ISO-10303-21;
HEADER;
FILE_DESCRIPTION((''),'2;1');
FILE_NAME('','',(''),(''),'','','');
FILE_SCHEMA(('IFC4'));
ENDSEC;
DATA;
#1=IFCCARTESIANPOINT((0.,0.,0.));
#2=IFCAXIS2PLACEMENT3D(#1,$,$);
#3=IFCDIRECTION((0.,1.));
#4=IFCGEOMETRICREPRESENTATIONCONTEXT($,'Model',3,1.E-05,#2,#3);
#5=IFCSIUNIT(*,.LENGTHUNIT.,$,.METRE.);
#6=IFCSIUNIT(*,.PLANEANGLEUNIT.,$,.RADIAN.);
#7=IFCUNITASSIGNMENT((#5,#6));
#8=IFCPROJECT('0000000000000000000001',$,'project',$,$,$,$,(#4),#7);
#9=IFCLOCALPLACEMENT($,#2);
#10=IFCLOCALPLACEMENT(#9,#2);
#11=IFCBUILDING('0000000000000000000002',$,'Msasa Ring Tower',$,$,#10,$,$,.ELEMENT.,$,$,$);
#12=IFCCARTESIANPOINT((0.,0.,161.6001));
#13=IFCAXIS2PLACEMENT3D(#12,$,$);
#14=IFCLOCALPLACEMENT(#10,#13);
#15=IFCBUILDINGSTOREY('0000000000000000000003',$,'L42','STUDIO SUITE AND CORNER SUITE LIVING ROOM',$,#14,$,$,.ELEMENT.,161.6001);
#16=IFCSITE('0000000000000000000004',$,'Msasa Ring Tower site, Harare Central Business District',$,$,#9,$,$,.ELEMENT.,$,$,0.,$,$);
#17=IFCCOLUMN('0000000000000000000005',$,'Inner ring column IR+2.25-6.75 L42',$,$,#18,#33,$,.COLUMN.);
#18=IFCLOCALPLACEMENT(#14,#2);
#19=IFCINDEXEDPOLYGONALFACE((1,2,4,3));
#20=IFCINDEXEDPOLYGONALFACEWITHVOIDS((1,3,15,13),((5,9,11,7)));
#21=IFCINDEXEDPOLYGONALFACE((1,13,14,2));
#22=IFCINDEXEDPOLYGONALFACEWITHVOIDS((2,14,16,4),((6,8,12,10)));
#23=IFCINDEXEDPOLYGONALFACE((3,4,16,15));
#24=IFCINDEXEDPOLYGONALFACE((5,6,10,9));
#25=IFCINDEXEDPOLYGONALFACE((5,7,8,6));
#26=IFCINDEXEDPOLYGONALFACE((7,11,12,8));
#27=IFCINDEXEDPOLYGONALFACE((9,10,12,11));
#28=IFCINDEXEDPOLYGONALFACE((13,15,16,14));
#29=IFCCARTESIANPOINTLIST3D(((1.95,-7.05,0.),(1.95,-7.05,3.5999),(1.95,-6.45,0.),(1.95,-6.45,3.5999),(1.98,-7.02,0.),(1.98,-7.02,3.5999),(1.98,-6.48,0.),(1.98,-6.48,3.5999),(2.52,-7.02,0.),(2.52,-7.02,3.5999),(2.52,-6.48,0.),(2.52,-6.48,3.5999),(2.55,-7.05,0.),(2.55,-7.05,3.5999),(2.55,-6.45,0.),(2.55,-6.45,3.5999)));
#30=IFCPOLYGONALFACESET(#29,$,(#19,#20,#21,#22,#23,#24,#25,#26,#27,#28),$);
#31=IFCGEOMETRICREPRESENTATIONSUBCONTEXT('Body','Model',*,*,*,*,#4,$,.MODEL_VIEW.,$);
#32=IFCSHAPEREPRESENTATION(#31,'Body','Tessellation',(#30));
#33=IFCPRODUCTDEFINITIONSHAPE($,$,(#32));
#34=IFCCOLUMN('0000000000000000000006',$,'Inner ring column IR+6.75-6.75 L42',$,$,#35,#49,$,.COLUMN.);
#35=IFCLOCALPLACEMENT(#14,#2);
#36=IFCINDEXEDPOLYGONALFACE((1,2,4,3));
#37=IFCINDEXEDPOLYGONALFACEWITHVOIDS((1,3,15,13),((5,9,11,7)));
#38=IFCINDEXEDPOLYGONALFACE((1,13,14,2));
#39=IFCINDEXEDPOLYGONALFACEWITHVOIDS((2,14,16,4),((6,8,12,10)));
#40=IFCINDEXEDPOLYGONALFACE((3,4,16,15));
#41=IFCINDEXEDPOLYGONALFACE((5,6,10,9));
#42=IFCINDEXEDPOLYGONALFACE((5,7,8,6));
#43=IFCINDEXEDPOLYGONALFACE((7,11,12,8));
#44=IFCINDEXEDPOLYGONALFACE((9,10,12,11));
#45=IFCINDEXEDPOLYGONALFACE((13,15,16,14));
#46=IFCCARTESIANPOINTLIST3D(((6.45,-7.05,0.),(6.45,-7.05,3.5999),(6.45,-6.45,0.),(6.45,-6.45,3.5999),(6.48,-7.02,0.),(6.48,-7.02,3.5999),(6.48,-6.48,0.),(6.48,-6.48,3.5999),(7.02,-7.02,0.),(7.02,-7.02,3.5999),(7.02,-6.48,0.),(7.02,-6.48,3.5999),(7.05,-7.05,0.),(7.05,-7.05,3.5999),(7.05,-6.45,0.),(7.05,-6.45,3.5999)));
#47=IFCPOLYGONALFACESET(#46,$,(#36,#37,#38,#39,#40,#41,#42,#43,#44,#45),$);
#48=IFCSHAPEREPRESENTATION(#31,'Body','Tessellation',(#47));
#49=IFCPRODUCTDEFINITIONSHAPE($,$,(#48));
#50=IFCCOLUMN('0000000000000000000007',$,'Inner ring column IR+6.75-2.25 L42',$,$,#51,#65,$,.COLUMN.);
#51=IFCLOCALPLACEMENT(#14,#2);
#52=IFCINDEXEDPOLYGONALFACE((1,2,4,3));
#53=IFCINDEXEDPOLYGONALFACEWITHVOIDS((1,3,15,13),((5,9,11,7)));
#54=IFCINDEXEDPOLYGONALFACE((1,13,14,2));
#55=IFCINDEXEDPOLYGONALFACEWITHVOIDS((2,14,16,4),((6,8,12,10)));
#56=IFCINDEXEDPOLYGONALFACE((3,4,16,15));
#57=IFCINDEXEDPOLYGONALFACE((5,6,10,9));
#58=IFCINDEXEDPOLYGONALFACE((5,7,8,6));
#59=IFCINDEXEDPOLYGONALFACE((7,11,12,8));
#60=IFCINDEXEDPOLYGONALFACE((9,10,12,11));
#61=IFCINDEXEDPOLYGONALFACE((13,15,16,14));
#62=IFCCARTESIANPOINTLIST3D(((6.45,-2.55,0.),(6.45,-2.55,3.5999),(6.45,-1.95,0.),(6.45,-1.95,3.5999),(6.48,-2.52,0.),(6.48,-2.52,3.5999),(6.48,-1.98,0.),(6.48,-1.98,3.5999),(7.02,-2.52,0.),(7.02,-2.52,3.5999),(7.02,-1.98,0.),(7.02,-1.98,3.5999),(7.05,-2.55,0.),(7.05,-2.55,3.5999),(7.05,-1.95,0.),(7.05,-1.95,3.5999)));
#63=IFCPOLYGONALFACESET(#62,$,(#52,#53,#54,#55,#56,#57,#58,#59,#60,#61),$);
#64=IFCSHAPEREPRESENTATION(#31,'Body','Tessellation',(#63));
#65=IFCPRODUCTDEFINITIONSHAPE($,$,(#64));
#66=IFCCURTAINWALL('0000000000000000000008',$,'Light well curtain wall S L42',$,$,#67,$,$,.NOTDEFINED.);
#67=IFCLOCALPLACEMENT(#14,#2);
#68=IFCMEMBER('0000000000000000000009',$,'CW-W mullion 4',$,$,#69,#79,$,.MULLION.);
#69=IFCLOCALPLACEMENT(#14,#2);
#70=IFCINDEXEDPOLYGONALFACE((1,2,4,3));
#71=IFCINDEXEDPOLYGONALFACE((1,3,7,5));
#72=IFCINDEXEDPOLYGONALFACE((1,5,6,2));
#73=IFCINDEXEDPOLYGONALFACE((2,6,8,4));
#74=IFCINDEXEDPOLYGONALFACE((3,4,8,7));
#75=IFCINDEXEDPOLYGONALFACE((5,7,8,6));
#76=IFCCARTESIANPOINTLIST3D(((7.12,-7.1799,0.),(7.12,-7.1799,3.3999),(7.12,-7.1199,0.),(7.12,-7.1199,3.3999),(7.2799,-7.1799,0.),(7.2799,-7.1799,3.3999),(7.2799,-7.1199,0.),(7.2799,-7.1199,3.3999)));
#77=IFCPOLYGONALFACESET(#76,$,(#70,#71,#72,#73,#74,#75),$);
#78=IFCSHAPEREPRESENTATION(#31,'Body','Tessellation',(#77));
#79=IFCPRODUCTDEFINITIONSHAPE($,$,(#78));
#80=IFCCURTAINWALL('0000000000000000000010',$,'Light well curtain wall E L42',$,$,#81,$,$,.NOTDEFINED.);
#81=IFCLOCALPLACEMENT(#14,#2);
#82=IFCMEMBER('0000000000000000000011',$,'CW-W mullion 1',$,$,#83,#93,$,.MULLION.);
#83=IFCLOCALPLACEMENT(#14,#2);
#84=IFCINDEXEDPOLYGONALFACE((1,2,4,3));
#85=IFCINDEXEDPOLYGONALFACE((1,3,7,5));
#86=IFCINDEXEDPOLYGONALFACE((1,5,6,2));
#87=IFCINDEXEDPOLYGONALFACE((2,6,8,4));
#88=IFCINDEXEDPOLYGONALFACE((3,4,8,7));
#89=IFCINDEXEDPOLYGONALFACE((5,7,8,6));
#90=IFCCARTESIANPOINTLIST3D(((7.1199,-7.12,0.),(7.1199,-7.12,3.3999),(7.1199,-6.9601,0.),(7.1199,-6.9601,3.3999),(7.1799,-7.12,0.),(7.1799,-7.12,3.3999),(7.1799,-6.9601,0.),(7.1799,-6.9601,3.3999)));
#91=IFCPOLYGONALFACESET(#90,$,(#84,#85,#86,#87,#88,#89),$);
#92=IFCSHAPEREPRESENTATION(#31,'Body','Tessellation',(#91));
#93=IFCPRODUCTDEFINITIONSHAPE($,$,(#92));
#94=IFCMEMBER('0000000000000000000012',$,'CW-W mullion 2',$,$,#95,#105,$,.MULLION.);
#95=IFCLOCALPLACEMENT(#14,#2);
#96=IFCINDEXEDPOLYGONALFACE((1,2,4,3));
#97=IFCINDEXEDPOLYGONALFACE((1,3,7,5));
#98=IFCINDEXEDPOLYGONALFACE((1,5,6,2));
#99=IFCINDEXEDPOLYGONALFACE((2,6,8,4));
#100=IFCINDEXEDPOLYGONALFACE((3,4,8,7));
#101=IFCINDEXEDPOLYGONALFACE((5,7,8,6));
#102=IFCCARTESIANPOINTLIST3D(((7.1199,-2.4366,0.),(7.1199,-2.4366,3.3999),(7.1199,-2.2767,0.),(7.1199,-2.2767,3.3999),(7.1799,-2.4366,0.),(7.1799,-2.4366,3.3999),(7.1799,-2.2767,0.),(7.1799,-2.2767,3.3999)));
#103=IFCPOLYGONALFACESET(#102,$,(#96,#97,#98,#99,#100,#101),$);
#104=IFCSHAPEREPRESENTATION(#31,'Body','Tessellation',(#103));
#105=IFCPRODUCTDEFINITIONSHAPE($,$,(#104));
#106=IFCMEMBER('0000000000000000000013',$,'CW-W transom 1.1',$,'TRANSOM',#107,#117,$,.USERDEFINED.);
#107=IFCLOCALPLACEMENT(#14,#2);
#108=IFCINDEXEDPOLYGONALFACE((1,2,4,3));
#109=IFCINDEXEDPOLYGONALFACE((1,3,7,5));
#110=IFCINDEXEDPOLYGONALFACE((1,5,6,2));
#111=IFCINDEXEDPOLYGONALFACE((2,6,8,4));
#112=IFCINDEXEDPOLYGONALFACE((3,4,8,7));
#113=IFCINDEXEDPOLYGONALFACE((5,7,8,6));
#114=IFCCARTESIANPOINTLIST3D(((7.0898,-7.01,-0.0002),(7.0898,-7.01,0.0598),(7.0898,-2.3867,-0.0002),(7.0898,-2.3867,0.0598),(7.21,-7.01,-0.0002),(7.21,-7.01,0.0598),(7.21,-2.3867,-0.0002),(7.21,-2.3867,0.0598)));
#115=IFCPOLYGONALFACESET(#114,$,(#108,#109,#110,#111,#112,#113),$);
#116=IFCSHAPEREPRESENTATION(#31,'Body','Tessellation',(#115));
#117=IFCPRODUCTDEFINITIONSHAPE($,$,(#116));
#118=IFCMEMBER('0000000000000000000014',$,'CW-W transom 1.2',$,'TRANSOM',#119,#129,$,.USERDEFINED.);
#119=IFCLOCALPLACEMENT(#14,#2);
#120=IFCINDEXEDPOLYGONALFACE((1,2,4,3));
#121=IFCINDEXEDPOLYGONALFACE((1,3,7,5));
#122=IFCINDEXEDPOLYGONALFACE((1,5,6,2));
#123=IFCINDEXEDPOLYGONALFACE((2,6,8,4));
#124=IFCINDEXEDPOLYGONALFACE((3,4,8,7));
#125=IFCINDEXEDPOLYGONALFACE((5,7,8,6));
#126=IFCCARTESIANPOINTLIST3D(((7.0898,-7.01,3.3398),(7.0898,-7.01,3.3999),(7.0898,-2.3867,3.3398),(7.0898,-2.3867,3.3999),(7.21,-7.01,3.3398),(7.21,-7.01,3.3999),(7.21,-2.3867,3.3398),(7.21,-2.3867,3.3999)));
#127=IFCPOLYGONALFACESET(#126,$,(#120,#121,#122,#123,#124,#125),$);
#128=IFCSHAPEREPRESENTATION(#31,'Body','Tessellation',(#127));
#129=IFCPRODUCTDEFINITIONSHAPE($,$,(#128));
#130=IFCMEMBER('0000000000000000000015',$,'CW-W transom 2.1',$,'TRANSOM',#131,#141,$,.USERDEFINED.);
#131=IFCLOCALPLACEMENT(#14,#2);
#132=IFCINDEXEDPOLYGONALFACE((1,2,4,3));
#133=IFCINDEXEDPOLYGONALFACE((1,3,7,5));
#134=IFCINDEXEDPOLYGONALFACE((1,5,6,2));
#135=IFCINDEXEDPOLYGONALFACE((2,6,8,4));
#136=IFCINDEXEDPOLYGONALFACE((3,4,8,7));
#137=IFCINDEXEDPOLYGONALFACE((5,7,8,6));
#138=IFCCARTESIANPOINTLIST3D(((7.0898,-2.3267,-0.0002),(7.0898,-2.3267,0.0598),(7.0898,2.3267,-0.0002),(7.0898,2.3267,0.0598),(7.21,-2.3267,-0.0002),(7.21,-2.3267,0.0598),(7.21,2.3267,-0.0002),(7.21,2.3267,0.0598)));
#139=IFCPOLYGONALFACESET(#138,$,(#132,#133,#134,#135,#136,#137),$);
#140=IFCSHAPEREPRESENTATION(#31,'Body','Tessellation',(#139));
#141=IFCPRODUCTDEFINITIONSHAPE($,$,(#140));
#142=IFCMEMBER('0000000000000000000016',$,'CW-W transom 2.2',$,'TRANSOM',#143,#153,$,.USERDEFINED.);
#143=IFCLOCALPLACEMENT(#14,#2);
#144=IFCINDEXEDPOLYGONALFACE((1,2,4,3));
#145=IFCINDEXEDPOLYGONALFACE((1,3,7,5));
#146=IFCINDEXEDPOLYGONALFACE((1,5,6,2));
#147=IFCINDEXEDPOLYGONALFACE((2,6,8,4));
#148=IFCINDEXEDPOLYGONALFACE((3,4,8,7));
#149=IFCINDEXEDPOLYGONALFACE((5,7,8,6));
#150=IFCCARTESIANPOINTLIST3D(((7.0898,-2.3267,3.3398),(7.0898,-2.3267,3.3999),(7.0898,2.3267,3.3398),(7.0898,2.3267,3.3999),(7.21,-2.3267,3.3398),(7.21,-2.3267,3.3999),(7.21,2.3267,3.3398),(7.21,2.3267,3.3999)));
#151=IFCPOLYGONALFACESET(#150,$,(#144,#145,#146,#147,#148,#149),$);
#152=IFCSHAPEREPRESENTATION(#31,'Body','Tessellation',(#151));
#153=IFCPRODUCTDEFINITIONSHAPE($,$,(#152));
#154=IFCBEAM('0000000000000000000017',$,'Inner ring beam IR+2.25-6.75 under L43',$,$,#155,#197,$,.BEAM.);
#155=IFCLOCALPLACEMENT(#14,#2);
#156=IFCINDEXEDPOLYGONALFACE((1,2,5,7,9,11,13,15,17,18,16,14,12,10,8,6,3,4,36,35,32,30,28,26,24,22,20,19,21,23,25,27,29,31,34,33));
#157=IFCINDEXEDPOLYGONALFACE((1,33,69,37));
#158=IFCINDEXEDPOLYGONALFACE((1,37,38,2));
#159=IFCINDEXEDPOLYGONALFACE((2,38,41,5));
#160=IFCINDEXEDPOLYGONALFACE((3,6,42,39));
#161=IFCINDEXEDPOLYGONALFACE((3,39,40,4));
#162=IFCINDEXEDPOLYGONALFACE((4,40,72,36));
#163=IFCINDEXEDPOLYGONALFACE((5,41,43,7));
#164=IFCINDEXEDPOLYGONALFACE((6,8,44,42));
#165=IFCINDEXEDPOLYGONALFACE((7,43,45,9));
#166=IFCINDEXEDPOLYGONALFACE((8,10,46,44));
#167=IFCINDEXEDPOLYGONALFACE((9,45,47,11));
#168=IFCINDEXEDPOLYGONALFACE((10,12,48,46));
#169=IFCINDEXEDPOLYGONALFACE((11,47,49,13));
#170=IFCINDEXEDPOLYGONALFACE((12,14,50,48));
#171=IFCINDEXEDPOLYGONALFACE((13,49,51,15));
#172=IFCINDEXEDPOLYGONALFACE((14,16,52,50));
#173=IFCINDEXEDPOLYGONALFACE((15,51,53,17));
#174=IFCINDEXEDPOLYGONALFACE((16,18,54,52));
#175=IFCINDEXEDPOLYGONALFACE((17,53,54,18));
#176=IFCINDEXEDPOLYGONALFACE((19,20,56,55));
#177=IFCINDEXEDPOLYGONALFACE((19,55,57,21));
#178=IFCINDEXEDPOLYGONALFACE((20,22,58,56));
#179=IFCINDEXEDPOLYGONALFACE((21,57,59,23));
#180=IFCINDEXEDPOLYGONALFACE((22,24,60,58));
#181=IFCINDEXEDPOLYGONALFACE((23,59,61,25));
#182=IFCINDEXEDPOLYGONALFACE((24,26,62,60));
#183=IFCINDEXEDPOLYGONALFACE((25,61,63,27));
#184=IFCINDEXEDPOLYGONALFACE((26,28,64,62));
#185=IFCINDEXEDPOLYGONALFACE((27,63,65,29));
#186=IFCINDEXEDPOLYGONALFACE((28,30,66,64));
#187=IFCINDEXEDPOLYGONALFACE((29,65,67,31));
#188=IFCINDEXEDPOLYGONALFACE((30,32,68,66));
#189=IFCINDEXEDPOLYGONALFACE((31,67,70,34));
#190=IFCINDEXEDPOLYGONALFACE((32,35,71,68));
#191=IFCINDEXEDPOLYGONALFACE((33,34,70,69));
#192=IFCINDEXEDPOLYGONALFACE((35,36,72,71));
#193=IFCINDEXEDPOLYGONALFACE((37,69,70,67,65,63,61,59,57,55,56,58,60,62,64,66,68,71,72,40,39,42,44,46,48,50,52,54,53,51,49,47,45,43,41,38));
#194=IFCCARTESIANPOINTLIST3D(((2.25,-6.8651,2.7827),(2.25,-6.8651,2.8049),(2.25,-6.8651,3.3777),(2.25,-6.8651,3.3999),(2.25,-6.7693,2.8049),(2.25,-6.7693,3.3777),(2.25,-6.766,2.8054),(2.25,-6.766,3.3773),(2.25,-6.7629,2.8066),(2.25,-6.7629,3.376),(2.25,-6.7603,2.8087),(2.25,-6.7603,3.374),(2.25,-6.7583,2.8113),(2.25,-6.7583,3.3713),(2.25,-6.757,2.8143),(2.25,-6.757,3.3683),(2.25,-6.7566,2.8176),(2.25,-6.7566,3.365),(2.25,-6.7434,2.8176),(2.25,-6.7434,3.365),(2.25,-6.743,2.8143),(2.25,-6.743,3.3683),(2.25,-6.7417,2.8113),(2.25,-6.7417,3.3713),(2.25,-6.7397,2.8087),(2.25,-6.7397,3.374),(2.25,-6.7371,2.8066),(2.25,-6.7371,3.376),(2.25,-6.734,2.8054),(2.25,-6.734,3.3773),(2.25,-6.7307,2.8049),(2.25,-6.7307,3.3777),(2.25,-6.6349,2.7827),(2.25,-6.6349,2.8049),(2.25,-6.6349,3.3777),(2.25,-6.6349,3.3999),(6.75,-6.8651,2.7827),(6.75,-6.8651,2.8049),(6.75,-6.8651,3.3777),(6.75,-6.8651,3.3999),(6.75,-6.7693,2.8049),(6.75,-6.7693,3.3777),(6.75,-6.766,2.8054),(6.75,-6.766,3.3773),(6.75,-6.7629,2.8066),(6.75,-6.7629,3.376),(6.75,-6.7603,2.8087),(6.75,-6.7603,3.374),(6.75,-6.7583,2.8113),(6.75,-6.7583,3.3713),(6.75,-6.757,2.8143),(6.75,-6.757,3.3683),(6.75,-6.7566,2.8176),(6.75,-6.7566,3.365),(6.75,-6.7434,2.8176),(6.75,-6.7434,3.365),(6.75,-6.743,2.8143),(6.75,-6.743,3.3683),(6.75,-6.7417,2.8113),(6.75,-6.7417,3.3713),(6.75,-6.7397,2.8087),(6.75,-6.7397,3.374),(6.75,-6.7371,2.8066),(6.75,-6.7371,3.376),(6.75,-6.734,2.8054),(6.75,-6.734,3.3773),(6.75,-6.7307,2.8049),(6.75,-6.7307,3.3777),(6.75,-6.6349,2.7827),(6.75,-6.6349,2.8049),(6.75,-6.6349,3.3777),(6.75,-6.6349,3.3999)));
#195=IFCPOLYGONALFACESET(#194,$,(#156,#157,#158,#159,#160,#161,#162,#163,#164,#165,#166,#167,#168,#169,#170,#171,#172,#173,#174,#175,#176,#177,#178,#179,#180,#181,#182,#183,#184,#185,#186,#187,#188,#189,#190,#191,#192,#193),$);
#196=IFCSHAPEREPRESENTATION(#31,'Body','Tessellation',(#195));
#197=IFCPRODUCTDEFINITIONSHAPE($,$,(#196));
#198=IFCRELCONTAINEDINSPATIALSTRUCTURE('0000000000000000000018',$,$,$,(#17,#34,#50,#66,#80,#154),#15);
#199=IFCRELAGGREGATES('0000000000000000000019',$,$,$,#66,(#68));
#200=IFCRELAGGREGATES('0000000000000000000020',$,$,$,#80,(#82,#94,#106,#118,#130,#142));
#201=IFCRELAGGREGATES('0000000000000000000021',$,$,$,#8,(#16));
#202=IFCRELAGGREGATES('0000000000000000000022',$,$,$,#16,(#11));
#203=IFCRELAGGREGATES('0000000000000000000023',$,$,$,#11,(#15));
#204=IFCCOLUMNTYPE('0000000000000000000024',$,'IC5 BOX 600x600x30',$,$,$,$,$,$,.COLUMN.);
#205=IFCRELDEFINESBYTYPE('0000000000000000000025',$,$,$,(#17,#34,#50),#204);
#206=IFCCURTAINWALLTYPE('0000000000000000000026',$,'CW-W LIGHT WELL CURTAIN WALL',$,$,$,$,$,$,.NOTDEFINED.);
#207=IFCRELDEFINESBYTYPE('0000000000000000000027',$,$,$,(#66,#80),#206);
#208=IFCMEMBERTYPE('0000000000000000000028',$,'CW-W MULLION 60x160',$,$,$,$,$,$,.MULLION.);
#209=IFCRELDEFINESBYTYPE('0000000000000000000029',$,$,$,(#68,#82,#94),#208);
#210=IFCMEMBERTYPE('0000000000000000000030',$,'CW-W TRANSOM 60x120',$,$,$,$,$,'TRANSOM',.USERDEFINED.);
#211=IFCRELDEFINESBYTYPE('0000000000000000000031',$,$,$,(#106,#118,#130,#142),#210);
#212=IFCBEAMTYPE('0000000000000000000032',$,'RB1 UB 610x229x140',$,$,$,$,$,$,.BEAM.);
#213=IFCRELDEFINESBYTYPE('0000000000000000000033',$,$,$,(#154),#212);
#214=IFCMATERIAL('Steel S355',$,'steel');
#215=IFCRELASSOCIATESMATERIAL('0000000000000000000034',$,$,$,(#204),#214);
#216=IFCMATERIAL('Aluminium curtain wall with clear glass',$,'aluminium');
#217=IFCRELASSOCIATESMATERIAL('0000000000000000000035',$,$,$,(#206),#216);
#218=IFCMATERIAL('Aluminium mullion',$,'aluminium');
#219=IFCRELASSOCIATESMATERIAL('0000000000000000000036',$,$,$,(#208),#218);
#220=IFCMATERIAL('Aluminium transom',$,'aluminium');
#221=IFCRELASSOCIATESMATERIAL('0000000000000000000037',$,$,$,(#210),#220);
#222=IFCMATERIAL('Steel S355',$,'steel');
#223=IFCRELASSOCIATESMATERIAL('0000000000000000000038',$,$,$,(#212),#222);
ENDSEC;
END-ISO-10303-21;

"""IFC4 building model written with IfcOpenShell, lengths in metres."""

from ifc_helpers import new_model, si_unit, direction, frame, origin, origin_2d, place, context, subcontext, project, spatial, rectangle, hollow_rectangle, i_section, extrude, material, material_profile, profile_set, type_object, element, aggregate, save


model = new_model("IFC4")

# Units and contexts
model_context = context("Model", 3, precision=1e-05, world=origin(), true_north=direction((0.0, 1.0)))
body_context = subcontext(model_context, "Body", "Model", "MODEL_VIEW")
ifc_project = project(units=[si_unit("LENGTHUNIT", "METRE"), si_unit("PLANEANGLEUNIT", "RADIAN")], contexts=[model_context])

# Site, building, storey
site_placement = place(None, origin())
site = spatial("IfcSite", under=ifc_project, at=site_placement, Name="Msasa Ring Tower site, Harare Central Business District", CompositionType="ELEMENT", RefElevation=0.0)
building_placement = place(site_placement, origin())
building = spatial("IfcBuilding", under=site, at=building_placement, Name="Msasa Ring Tower", CompositionType="ELEMENT")
storey_placement = place(building_placement, frame((0.0, 0.0, 161.6001)))
storey = spatial("IfcBuildingStorey", under=building, at=storey_placement, Name="L42", Description="STUDIO SUITE AND CORNER SUITE LIVING ROOM", CompositionType="ELEMENT", Elevation=161.6001)

# Columns
ifc_material_1 = material(Name="Steel S355", Category="steel")
ifc_material_profile_1 = material_profile(ifc_material_1, hollow_rectangle(XDim=0.6001, YDim=0.6001, WallThickness=0.03, at=origin_2d()), Name="BOX 600x600x30")
ifc_profile_set_1 = profile_set([ifc_material_profile_1], Name="Steel S355")
column_type = type_object("IfcColumnType", Name="IC5 BOX 600x600x30", PredefinedType="COLUMN", material=ifc_profile_set_1)
for number, where, z_axis, x_axis, name in (
    (1, (2.25, -6.75, 0.0), (0.0, 0.0, 1.0), (1.0, 0.0, 0.0), "Inner ring column IR+2.25-6.75 L42"),
    (2, (6.75, -6.75, 0.0), (0.0, 0.0, 1.0), (1.0, 0.0, 0.0), "Inner ring column IR+6.75-6.75 L42"),
    (3, (6.75, -2.25, 0.0), (0.0, 0.0, 1.0), (1.0, 0.0, 0.0), "Inner ring column IR+6.75-2.25 L42"),
):
    element("IfcColumn", number, at=place(storey_placement, frame(where, z_axis=z_axis, x_axis=x_axis)), inside=storey, type_object=column_type, Name=name, PredefinedType="COLUMN", context=body_context, shape_type="SweptSolid", body=[
        extrude(hollow_rectangle(XDim=0.6001, YDim=0.6001, WallThickness=0.03, at=origin_2d()), origin(), (0.0, 0.0, 1.0), 3.5999),
    ])

# Curtain wall, member
ifc_material_2 = material(Name="Aluminium curtain wall with clear glass", Category="aluminium")
curtain_wall_type = type_object("IfcCurtainWallType", Name="CW-W LIGHT WELL CURTAIN WALL", PredefinedType="NOTDEFINED", material=ifc_material_2)
curtain_wall_1_placement = place(storey_placement, origin())
curtain_wall_1 = element("IfcCurtainWall", 4, at=curtain_wall_1_placement, inside=storey, type_object=curtain_wall_type, Name="Light well curtain wall S L42", PredefinedType="NOTDEFINED")
ifc_material_3 = material(Name="Aluminium mullion", Category="aluminium")
ifc_material_profile_2 = material_profile(ifc_material_3, rectangle(XDim=0.0601, YDim=0.1599, at=origin_2d()), Name="AL 60x160")
ifc_profile_set_2 = profile_set([ifc_material_profile_2], Name="Aluminium mullion")
member_type_1 = type_object("IfcMemberType", Name="CW-W MULLION 60x160", PredefinedType="MULLION", material=ifc_profile_set_2)
member_1_placement = place(storey_placement, frame((7.2, -7.1499, 0.0), z_axis=(0.0, 0.0, 1.0), x_axis=(0.0, 1.0, 0.0)))
member_1 = element("IfcMember", 5, at=member_1_placement, type_object=member_type_1, Name="CW-W mullion 4", PredefinedType="MULLION", context=body_context, shape_type="SweptSolid", body=[
    extrude(rectangle(XDim=0.0601, YDim=0.1599, at=origin_2d()), origin(), (0.0, 0.0, 1.0), 3.3999),
])
aggregate(curtain_wall_1, [member_1])

# Curtain wall, members
curtain_wall_2_placement = place(storey_placement, origin())
curtain_wall_2 = element("IfcCurtainWall", 6, at=curtain_wall_2_placement, inside=storey, type_object=curtain_wall_type, Name="Light well curtain wall E L42", PredefinedType="NOTDEFINED")
member_2_placement = place(storey_placement, frame((7.1499, -7.04, 0.0), z_axis=(0.0, 0.0, 1.0), x_axis=(-1.0, 0.0, 0.0)))
member_2 = element("IfcMember", 7, at=member_2_placement, type_object=member_type_1, Name="CW-W mullion 1", PredefinedType="MULLION", context=body_context, shape_type="SweptSolid", body=[
    extrude(rectangle(XDim=0.0601, YDim=0.1599, at=origin_2d()), origin(), (0.0, 0.0, 1.0), 3.3999),
])
member_3_placement = place(storey_placement, frame((7.1499, -2.3567, 0.0), z_axis=(0.0, 0.0, 1.0), x_axis=(-1.0, 0.0, 0.0)))
member_3 = element("IfcMember", 8, at=member_3_placement, type_object=member_type_1, Name="CW-W mullion 2", PredefinedType="MULLION", context=body_context, shape_type="SweptSolid", body=[
    extrude(rectangle(XDim=0.0601, YDim=0.1599, at=origin_2d()), origin(), (0.0, 0.0, 1.0), 3.3999),
])
ifc_material_4 = material(Name="Aluminium transom", Category="aluminium")
ifc_material_profile_3 = material_profile(ifc_material_4, rectangle(XDim=0.1201, YDim=0.0601, at=origin_2d()), Name="AL 60x120")
ifc_profile_set_3 = profile_set([ifc_material_profile_3], Name="Aluminium transom")
member_type_2 = type_object("IfcMemberType", Name="CW-W TRANSOM 60x120", ElementType="TRANSOM", PredefinedType="USERDEFINED", material=ifc_profile_set_3)
member_4_placement = place(storey_placement, frame((7.1499, -7.01, 0.0298), z_axis=(0.0, 1.0, 0.0), x_axis=(-1.0, 0.0, 0.0)))
member_4 = element("IfcMember", 9, at=member_4_placement, type_object=member_type_2, Name="CW-W transom 1.1", ObjectType="TRANSOM", PredefinedType="USERDEFINED", context=body_context, shape_type="SweptSolid", body=[
    extrude(rectangle(XDim=0.1201, YDim=0.0601, at=origin_2d()), origin(), (0.0, 0.0, 1.0), 4.6233),
])
member_5_placement = place(storey_placement, frame((7.1499, -7.01, 3.3699), z_axis=(0.0, 1.0, 0.0), x_axis=(-1.0, 0.0, 0.0)))
member_5 = element("IfcMember", 10, at=member_5_placement, type_object=member_type_2, Name="CW-W transom 1.2", ObjectType="TRANSOM", PredefinedType="USERDEFINED", context=body_context, shape_type="SweptSolid", body=[
    extrude(rectangle(XDim=0.1201, YDim=0.0601, at=origin_2d()), origin(), (0.0, 0.0, 1.0), 4.6233),
])
member_6_placement = place(storey_placement, frame((7.1499, -2.3267, 0.0298), z_axis=(0.0, 1.0, 0.0), x_axis=(-1.0, 0.0, 0.0)))
member_6 = element("IfcMember", 11, at=member_6_placement, type_object=member_type_2, Name="CW-W transom 2.1", ObjectType="TRANSOM", PredefinedType="USERDEFINED", context=body_context, shape_type="SweptSolid", body=[
    extrude(rectangle(XDim=0.1201, YDim=0.0601, at=origin_2d()), origin(), (0.0, 0.0, 1.0), 4.6533),
])
member_7_placement = place(storey_placement, frame((7.1499, -2.3267, 3.3699), z_axis=(0.0, 1.0, 0.0), x_axis=(-1.0, 0.0, 0.0)))
member_7 = element("IfcMember", 12, at=member_7_placement, type_object=member_type_2, Name="CW-W transom 2.2", ObjectType="TRANSOM", PredefinedType="USERDEFINED", context=body_context, shape_type="SweptSolid", body=[
    extrude(rectangle(XDim=0.1201, YDim=0.0601, at=origin_2d()), origin(), (0.0, 0.0, 1.0), 4.6533),
])

# Beam
ifc_material_5 = material(Name="Steel S355", Category="steel")
ifc_material_profile_4 = material_profile(ifc_material_5, i_section(OverallWidth=0.2302, OverallDepth=0.6172, WebThickness=0.0132, FlangeThickness=0.0222, FilletRadius=0.0127, at=origin_2d()), Name="UB 610x229x140")
ifc_profile_set_4 = profile_set([ifc_material_profile_4], Name="Steel S355")
beam_type = type_object("IfcBeamType", Name="RB1 UB 610x229x140", PredefinedType="BEAM", material=ifc_profile_set_4)
for number, where, z_axis, x_axis, name in (
    (13, (2.25, -6.75, 3.0913), (1.0, 0.0, 0.0), (0.0, 1.0, 0.0), "Inner ring beam IR+2.25-6.75 under L43"),
):
    element("IfcBeam", number, at=place(storey_placement, frame(where, z_axis=z_axis, x_axis=x_axis)), inside=storey, type_object=beam_type, Name=name, PredefinedType="BEAM", context=body_context, shape_type="SweptSolid", body=[
        extrude(i_section(OverallWidth=0.2302, OverallDepth=0.6172, WebThickness=0.0132, FlangeThickness=0.0222, FilletRadius=0.0127, at=origin_2d()), origin(), (0.0, 0.0, 1.0), 4.5),
    ])

aggregate(curtain_wall_2, [member_2, member_3, member_4, member_5, member_6, member_7])

save(model, "model.ifc")
